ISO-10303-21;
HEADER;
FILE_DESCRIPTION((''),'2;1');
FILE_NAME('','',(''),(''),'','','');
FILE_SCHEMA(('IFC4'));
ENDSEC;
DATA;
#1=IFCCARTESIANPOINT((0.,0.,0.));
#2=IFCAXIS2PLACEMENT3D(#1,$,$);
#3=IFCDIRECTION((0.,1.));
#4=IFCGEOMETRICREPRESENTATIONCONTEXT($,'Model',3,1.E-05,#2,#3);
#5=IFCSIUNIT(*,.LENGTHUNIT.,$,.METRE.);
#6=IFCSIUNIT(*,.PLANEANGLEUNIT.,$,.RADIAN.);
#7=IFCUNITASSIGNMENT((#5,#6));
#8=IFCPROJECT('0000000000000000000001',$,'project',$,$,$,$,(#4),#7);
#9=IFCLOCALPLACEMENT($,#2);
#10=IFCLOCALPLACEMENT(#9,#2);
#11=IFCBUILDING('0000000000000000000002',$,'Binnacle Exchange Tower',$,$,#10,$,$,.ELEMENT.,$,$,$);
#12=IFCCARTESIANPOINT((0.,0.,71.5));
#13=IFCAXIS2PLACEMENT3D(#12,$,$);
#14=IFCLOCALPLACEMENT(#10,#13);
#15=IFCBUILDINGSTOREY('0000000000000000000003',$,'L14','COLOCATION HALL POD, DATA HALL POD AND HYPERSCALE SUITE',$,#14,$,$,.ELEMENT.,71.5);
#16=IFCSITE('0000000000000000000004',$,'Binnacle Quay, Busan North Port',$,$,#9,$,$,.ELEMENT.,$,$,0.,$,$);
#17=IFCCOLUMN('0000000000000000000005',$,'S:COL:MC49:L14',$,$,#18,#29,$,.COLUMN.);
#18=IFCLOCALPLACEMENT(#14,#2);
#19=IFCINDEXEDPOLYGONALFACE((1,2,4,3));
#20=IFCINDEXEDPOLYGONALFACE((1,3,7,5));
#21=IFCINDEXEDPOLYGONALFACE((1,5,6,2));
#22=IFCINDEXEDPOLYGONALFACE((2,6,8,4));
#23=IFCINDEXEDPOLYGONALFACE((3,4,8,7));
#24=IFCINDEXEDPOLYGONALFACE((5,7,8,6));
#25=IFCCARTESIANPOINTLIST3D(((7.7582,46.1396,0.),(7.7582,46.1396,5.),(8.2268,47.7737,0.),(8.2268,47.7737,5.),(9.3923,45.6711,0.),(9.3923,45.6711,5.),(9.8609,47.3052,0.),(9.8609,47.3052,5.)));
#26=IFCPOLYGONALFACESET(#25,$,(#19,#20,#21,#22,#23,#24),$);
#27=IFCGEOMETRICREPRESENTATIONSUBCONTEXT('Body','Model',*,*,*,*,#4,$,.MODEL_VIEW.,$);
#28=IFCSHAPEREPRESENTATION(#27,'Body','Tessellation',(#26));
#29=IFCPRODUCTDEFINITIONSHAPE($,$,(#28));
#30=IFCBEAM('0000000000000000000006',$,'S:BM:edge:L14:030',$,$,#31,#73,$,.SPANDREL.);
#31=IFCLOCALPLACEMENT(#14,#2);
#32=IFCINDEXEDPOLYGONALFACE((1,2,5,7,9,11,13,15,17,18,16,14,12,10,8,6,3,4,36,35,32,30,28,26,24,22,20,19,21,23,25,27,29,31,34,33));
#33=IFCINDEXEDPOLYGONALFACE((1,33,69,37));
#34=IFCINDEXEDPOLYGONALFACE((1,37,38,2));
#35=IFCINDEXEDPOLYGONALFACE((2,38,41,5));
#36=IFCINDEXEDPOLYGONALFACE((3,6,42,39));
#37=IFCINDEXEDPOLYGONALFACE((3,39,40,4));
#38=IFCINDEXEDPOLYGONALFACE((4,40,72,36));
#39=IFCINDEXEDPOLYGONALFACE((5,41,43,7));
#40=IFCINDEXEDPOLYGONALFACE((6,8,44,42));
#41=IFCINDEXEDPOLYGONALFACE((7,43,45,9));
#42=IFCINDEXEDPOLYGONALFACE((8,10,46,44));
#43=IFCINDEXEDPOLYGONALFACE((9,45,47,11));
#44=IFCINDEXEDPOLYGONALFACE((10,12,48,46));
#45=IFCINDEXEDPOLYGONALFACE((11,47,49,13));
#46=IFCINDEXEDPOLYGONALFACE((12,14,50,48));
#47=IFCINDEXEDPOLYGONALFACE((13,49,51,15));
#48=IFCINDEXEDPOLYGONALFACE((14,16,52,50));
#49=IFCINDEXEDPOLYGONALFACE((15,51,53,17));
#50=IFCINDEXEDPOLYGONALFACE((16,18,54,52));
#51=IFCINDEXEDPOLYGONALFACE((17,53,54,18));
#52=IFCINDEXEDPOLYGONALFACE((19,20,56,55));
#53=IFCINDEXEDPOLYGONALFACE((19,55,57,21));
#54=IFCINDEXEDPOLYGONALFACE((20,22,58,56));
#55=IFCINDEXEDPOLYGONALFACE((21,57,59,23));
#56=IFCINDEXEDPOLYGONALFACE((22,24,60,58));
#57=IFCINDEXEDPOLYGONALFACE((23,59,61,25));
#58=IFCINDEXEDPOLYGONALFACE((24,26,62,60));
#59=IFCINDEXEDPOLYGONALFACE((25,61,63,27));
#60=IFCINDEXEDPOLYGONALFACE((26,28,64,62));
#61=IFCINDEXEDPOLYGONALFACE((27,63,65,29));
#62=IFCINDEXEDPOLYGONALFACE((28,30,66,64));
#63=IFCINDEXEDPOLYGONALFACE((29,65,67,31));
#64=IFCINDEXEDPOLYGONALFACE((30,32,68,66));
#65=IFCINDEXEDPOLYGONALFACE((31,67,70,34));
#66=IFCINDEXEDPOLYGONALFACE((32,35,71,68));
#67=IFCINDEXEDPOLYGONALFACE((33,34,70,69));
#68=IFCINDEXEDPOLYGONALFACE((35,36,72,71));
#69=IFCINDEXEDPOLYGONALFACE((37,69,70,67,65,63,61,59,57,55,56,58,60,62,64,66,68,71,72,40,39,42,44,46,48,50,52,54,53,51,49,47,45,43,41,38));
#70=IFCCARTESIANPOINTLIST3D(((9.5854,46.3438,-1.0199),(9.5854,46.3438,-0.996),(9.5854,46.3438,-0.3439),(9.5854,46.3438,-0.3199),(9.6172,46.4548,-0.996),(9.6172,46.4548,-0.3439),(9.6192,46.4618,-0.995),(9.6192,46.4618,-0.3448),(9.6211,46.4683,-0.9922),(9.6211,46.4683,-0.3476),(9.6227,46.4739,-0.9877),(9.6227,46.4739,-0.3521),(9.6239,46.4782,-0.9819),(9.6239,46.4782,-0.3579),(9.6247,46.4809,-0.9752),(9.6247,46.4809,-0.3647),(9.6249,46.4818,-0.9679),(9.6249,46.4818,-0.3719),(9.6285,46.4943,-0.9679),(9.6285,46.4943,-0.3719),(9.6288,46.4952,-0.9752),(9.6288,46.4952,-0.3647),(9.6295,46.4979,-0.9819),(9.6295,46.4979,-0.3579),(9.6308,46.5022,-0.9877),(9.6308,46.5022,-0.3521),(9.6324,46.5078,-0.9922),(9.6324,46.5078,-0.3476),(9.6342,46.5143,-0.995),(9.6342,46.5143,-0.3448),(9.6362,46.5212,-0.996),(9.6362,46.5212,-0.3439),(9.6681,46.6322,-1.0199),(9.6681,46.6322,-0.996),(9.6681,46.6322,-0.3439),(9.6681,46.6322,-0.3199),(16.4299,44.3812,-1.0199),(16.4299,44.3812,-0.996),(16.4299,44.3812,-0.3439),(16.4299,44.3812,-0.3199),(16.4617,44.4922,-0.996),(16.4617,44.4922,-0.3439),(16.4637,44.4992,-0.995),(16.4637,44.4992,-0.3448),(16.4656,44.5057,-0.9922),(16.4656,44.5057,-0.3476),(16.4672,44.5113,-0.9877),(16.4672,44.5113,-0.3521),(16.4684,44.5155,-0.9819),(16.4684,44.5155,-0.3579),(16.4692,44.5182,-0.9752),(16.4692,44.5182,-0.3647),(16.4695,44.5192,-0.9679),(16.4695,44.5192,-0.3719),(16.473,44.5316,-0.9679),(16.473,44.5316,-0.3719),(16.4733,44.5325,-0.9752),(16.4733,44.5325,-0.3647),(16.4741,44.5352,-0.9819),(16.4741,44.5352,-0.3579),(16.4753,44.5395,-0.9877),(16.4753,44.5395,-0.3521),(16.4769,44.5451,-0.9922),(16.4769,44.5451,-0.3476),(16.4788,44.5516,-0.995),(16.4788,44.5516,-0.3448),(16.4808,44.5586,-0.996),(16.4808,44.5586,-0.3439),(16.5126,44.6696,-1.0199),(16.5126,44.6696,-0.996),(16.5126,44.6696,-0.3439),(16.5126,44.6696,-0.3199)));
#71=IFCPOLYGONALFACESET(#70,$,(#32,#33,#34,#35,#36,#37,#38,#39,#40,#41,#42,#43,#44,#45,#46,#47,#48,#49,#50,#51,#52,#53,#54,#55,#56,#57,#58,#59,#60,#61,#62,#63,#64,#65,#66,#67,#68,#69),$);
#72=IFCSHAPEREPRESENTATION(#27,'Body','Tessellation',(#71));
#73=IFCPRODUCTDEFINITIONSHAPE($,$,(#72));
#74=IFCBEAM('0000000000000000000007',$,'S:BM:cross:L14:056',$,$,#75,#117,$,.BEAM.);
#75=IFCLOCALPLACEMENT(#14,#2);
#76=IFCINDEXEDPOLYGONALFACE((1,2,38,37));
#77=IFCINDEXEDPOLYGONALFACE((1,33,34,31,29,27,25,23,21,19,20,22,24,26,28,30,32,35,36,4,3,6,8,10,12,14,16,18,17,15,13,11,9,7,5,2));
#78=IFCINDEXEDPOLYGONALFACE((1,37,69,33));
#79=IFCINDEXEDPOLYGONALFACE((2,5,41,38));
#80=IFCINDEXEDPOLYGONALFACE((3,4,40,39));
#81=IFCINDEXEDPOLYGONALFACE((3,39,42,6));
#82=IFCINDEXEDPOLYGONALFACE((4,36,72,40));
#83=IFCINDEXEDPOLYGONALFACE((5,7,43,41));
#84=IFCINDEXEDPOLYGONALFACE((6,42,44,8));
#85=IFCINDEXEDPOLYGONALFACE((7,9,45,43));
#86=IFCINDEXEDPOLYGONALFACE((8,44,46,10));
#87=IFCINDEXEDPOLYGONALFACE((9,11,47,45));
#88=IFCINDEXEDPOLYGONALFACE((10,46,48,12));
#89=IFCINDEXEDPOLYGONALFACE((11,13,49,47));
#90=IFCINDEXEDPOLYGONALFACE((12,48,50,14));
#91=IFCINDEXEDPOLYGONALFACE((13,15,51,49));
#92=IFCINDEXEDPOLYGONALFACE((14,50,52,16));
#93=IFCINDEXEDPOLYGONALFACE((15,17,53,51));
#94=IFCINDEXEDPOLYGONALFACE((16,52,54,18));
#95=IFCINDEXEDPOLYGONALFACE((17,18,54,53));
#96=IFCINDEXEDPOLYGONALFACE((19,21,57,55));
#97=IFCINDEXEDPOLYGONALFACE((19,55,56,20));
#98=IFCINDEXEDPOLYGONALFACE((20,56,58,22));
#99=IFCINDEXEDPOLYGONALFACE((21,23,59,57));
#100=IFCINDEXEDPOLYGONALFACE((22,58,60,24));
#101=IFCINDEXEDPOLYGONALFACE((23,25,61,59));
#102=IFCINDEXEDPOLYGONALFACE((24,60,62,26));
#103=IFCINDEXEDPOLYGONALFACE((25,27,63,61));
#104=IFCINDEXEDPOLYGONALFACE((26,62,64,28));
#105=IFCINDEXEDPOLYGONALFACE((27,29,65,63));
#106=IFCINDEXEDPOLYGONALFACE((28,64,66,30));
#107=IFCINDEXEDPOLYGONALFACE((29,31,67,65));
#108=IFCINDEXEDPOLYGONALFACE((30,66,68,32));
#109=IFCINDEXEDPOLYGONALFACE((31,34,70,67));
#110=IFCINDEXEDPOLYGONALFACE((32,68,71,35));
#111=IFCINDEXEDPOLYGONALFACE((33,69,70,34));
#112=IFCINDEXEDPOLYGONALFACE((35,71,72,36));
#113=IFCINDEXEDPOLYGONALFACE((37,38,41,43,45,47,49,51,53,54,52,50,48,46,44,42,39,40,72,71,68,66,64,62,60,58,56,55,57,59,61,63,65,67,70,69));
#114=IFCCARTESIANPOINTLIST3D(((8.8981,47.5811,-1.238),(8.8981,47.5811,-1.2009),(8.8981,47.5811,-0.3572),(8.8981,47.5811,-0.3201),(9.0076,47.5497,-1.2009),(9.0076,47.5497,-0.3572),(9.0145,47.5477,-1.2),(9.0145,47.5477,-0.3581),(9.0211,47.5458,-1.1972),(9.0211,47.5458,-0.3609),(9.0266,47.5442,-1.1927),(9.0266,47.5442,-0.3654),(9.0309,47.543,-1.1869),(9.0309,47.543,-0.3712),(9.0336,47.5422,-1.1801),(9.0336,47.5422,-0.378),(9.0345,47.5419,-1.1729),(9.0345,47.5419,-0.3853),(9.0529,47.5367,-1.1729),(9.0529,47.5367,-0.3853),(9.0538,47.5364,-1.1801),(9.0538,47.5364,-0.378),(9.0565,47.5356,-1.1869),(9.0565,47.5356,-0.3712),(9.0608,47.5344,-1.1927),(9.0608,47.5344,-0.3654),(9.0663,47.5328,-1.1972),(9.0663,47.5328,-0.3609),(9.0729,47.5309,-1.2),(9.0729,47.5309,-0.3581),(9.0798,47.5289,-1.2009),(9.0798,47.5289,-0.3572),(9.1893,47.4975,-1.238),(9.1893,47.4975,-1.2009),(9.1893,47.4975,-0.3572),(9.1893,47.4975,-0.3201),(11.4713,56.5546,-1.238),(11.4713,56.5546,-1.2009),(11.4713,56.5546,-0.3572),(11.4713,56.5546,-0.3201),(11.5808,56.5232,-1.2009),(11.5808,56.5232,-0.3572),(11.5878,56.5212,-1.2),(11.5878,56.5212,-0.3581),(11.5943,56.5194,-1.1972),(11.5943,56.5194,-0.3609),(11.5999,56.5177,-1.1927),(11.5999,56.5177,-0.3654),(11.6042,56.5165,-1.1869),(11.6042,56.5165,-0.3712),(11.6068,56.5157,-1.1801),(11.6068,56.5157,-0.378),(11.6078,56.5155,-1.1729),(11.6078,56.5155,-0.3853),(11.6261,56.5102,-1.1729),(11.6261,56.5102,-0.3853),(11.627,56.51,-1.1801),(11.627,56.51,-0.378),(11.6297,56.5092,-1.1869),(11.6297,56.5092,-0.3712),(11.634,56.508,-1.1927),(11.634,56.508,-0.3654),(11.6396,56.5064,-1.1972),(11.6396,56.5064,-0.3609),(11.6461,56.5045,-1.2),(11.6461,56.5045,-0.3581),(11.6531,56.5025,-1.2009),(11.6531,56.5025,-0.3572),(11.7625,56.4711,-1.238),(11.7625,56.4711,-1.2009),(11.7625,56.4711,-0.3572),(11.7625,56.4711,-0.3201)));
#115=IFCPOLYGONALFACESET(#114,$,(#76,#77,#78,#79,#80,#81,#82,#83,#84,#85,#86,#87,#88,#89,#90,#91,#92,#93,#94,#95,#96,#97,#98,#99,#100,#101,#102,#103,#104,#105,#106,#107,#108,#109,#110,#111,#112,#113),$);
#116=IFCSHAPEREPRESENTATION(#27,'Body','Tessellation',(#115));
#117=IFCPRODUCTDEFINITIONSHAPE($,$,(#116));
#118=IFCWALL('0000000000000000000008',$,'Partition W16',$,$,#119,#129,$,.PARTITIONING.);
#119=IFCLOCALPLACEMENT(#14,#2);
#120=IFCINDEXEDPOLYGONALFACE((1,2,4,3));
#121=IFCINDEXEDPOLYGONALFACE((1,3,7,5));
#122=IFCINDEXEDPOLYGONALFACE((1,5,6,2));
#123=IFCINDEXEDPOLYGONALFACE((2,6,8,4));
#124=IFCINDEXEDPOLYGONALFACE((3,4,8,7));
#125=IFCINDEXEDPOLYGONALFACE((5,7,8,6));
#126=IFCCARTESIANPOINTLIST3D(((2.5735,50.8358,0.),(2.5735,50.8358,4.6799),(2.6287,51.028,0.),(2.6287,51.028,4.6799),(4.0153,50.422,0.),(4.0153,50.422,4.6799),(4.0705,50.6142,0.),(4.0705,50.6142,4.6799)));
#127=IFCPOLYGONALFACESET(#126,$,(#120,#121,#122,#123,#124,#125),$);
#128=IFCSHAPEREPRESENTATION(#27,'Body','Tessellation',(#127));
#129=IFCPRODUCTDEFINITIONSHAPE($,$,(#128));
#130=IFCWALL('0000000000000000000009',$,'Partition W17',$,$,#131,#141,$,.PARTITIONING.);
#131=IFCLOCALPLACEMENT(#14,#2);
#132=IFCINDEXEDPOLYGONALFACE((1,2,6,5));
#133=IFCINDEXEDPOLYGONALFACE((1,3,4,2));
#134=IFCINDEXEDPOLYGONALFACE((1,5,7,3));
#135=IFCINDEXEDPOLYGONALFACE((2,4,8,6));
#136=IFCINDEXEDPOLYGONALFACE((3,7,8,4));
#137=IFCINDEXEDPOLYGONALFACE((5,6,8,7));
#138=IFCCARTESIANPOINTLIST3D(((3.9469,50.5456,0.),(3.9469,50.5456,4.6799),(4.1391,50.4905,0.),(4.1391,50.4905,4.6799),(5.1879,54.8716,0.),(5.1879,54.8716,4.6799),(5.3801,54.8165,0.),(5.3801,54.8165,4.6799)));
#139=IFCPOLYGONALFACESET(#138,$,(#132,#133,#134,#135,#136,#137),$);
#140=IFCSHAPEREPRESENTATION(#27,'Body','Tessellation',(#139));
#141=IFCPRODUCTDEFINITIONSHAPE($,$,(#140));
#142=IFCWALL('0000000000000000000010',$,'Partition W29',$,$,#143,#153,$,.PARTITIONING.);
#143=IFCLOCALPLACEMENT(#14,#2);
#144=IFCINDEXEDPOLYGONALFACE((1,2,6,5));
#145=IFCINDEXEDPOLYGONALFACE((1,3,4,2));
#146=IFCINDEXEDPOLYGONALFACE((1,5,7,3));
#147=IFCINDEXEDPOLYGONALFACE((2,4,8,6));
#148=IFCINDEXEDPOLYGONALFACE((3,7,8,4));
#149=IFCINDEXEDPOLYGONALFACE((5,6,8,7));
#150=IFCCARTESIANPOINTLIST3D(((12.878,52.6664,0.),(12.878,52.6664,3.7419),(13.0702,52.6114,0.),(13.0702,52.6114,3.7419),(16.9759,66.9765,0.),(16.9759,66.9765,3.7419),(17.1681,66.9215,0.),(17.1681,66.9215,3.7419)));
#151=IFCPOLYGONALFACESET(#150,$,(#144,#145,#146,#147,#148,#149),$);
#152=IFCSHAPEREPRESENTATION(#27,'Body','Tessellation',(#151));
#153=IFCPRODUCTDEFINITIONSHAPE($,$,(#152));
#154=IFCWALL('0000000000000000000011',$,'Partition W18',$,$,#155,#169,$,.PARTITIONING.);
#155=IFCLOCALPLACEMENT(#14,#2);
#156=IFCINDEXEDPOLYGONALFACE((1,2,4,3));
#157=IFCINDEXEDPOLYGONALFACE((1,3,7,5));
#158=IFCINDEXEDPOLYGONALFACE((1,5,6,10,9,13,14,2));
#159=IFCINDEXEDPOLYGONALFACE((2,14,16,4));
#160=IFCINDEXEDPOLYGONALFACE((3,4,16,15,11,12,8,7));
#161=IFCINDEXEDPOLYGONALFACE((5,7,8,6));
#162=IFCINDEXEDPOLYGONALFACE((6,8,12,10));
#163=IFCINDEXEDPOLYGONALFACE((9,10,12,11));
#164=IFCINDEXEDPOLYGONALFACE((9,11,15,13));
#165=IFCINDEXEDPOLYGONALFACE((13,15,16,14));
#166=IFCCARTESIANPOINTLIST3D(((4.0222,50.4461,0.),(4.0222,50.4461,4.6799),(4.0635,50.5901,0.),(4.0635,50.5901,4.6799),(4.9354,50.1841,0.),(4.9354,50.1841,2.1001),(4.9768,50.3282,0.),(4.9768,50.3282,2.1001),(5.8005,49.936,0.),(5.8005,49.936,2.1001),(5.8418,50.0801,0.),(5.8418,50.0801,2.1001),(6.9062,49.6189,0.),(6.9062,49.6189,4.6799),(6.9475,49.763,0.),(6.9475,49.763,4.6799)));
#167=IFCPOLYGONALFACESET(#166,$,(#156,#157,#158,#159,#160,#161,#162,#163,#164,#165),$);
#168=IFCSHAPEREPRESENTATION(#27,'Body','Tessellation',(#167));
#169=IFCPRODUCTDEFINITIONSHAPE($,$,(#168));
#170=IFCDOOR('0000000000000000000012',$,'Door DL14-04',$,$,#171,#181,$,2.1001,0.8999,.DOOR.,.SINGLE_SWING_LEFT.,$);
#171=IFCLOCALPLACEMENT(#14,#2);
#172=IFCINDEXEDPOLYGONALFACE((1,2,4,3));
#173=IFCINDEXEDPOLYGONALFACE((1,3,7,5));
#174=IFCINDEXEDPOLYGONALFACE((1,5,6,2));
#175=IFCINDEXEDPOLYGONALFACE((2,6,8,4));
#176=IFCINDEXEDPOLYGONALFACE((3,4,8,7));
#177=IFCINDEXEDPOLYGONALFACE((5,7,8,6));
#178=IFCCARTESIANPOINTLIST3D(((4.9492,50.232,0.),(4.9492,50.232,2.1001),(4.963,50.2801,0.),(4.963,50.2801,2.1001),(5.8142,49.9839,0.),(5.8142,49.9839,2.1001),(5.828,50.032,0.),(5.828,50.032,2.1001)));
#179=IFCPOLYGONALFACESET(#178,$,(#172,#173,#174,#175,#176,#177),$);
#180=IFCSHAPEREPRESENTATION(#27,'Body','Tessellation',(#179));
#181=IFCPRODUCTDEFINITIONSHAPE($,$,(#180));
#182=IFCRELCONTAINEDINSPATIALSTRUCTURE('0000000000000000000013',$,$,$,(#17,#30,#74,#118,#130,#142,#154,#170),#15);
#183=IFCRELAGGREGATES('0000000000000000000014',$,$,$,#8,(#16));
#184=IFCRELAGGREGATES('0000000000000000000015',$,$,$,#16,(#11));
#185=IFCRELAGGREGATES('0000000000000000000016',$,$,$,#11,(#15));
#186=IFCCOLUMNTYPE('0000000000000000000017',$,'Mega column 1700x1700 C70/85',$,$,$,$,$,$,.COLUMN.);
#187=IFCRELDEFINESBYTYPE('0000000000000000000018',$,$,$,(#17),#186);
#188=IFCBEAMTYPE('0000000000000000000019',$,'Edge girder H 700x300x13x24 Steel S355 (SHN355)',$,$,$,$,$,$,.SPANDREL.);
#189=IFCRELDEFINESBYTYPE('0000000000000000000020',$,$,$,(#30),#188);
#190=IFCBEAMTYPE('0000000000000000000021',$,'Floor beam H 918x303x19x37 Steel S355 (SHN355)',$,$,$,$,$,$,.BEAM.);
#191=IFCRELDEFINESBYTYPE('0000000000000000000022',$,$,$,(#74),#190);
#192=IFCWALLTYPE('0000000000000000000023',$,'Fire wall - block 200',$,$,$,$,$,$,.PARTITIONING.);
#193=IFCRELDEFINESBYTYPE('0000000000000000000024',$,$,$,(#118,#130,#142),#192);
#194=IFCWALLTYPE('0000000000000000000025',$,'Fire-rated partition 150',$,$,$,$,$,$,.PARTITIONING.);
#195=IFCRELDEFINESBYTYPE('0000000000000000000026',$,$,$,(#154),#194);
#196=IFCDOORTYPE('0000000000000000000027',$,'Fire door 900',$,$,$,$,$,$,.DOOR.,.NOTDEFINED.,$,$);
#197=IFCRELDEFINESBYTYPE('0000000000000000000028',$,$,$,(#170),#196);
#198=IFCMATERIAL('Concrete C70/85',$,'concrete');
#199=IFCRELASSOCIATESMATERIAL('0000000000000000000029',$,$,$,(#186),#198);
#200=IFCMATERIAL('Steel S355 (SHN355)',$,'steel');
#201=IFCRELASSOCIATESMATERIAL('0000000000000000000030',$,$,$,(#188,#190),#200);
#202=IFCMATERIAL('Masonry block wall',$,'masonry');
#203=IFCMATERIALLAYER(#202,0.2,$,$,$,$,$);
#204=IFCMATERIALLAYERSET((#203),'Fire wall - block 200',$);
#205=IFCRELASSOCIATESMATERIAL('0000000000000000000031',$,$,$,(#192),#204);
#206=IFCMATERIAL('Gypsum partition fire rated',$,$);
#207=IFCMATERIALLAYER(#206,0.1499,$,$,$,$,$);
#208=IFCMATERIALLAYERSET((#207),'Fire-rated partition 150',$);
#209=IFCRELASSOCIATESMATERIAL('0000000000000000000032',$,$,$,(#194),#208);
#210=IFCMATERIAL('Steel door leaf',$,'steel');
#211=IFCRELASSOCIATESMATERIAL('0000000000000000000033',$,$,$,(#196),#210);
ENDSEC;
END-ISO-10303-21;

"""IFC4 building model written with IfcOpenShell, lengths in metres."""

from ifc_helpers import new_model, si_unit, direction, frame, frame_2d, origin, origin_2d, place, context, subcontext, project, spatial, rectangle, i_section, extrude, material, layer, layer_set, material_profile, profile_set, type_object, element, fill, save


model = new_model("IFC4")

# Units and contexts
model_context = context("Model", 3, precision=1e-05, world=origin(), true_north=direction((0.0, 1.0)))
body_context = subcontext(model_context, "Body", "Model", "MODEL_VIEW")
ifc_project = project(units=[si_unit("LENGTHUNIT", "METRE"), si_unit("PLANEANGLEUNIT", "RADIAN")], contexts=[model_context])

# Site, building, storey
site_placement = place(None, origin())
site = spatial("IfcSite", under=ifc_project, at=site_placement, Name="Binnacle Quay, Busan North Port", CompositionType="ELEMENT", RefElevation=0.0)
building_placement = place(site_placement, origin())
building = spatial("IfcBuilding", under=site, at=building_placement, Name="Binnacle Exchange Tower", CompositionType="ELEMENT")
storey_placement = place(building_placement, frame((0.0, 0.0, 71.5)))
storey = spatial("IfcBuildingStorey", under=building, at=storey_placement, Name="L14", Description="COLOCATION HALL POD, DATA HALL POD AND HYPERSCALE SUITE", CompositionType="ELEMENT", Elevation=71.5)

# Column
ifc_material_1 = material(Name="Concrete C70/85", Category="concrete")
ifc_material_profile_1 = material_profile(ifc_material_1, rectangle(XDim=1.7, YDim=1.7, at=origin_2d()), Name="Mega column 1700x1700 C70/85")
ifc_profile_set_1 = profile_set([ifc_material_profile_1], Name="Concrete C70/85")
column_type = type_object("IfcColumnType", Name="Mega column 1700x1700 C70/85", PredefinedType="COLUMN", material=ifc_profile_set_1)
column_placement = place(storey_placement, frame((8.8096, 46.7224, 0.0), z_axis=(0.0, 0.0, 1.0), x_axis=(0.961262, -0.275637, 0.0)))
element("IfcColumn", 1, at=column_placement, inside=storey, type_object=column_type, Name="S:COL:MC49:L14", PredefinedType="COLUMN", context=body_context, shape_type="SweptSolid", body=[
    extrude(rectangle(XDim=1.7, YDim=1.7, at=origin_2d()), origin(), (0.0, 0.0, 1.0), 5.0),
])

# Beams
ifc_material_2 = material(Name="Steel S355 (SHN355)", Category="steel")
ifc_material_profile_2 = material_profile(ifc_material_2, i_section(OverallWidth=0.3, OverallDepth=0.7, WebThickness=0.0129, FlangeThickness=0.0239, FilletRadius=0.0281, at=origin_2d()), Name="H 700x300x13x24")
ifc_profile_set_2 = profile_set([ifc_material_profile_2], Name="Steel S355 (SHN355)")
beam_type_1 = type_object("IfcBeamType", Name="Edge girder H 700x300x13x24 Steel S355 (SHN355)", PredefinedType="SPANDREL", material=ifc_profile_set_2)
beam_1_placement = place(storey_placement, frame((9.6267, 46.488, -0.6699), z_axis=(0.961261, -0.27564, 0.0), x_axis=(0.27564, 0.961261, 0.0)))
element("IfcBeam", 2, at=beam_1_placement, inside=storey, type_object=beam_type_1, Name="S:BM:edge:L14:030", PredefinedType="SPANDREL", context=body_context, shape_type="SweptSolid", body=[
    extrude(i_section(OverallWidth=0.3, OverallDepth=0.7, WebThickness=0.0129, FlangeThickness=0.0239, FilletRadius=0.0281, at=origin_2d()), origin(), (0.0, 0.0, 1.0), 7.1204),
])
ifc_material_profile_3 = material_profile(ifc_material_2, i_section(OverallWidth=0.303, OverallDepth=0.918, WebThickness=0.019, FlangeThickness=0.0371, FilletRadius=0.0281, at=origin_2d()), Name="H 918x303x19x37")
ifc_profile_set_3 = profile_set([ifc_material_profile_3], Name="Steel S355 (SHN355)")
beam_type_2 = type_object("IfcBeamType", Name="Floor beam H 918x303x19x37 Steel S355 (SHN355)", PredefinedType="BEAM", material=ifc_profile_set_3)
beam_2_placement = place(storey_placement, frame((9.0437, 47.5393, -0.7791), z_axis=(0.275647, 0.961259, 0.0), x_axis=(-0.961259, 0.275647, 0.0)))
element("IfcBeam", 3, at=beam_2_placement, inside=storey, type_object=beam_type_2, Name="S:BM:cross:L14:056", PredefinedType="BEAM", context=body_context, shape_type="SweptSolid", body=[
    extrude(i_section(OverallWidth=0.303, OverallDepth=0.918, WebThickness=0.019, FlangeThickness=0.0371, FilletRadius=0.0281, at=origin_2d()), origin(), (0.0, 0.0, 1.0), 9.3352),
])

# Walls
ifc_material_3 = material(Name="Masonry block wall", Category="masonry")
ifc_layer_1 = layer(ifc_material_3, 0.2)
ifc_layer_set_1 = layer_set([ifc_layer_1], Name="Fire wall - block 200")
wall_type_1 = type_object("IfcWallType", Name="Fire wall - block 200", PredefinedType="PARTITIONING", material=ifc_layer_set_1)
wall_1_placement = place(storey_placement, frame((2.6011, 50.9319, 0.0), z_axis=(0.0, 0.0, 1.0), x_axis=(0.961198, -0.27586, 0.0)))
element("IfcWall", 4, at=wall_1_placement, inside=storey, type_object=wall_type_1, Name="Partition W16", PredefinedType="PARTITIONING", context=body_context, shape_type="SweptSolid", body=[
    extrude(rectangle(XDim=1.5, YDim=0.2, at=frame_2d((0.75, 0.0))), origin(), (0.0, 0.0, 1.0), 4.6799),
])
wall_2_placement = place(storey_placement, frame((4.043, 50.5181, 0.0), z_axis=(0.0, 0.0, 1.0), x_axis=(0.275746, 0.961231, 0.0)))
element("IfcWall", 5, at=wall_2_placement, inside=storey, type_object=wall_type_1, Name="Partition W17", PredefinedType="PARTITIONING", context=body_context, shape_type="SweptSolid", body=[
    extrude(rectangle(XDim=4.5005, YDim=0.2, at=frame_2d((2.2502, 0.0))), origin(), (0.0, 0.0, 1.0), 4.6799),
])
wall_3_placement = place(storey_placement, frame((12.9741, 52.6389, 0.0), z_axis=(0.0, 0.0, 1.0), x_axis=(0.275299, 0.961359, 0.0)))
element("IfcWall", 6, at=wall_3_placement, inside=storey, type_object=wall_type_1, Name="Partition W29", PredefinedType="PARTITIONING", context=body_context, shape_type="SweptSolid", body=[
    extrude(rectangle(XDim=14.8853, YDim=0.2, at=frame_2d((7.4426, 0.0))), origin(), (0.0, 0.0, 1.0), 3.7419),
])

# Wall, opening, door
ifc_material_4 = material(Name="Gypsum partition fire rated")
ifc_layer_2 = layer(ifc_material_4, 0.1499)
ifc_layer_set_2 = layer_set([ifc_layer_2], Name="Fire-rated partition 150")
wall_type_2 = type_object("IfcWallType", Name="Fire-rated partition 150", PredefinedType="PARTITIONING", material=ifc_layer_set_2)
wall_4_placement = place(storey_placement, frame((4.043, 50.5181, 0.0), z_axis=(0.0, 0.0, 1.0), x_axis=(0.961247, -0.275688, 0.0)))
wall_4 = element("IfcWall", 7, at=wall_4_placement, inside=storey, type_object=wall_type_2, Name="Partition W18", PredefinedType="PARTITIONING", context=body_context, shape_type="SweptSolid", body=[
    extrude(rectangle(XDim=3.0002, YDim=0.1499, at=frame_2d((1.5, 0.0))), origin(), (0.0, 0.0, 1.0), 4.6799),
])
opening_1_placement = place(wall_4_placement, frame((0.95, 0.0, 0.0)))
opening_1 = element("IfcOpeningElement", 8, at=opening_1_placement, cuts=wall_4, PredefinedType="OPENING", context=body_context, shape_type="SweptSolid", body=[
    extrude(rectangle(XDim=0.8999, YDim=2.1001, at=frame_2d((0.45, 1.05))), frame((0.0, 0.085, 0.0), z_axis=(0.0, -1.0, 0.0), x_axis=(1.0, 0.0, 0.0)), (0.0, 0.0, 1.0), 0.1699),
])
ifc_material_5 = material(Name="Steel door leaf", Category="steel")
door_type_1 = type_object("IfcDoorType", Name="Fire door 900", OperationType="NOTDEFINED", PredefinedType="DOOR", material=ifc_material_5)
door_1_placement = place(opening_1_placement, origin())
door_1 = element("IfcDoor", 9, at=door_1_placement, inside=storey, type_object=door_type_1, Name="Door DL14-04", OperationType="SINGLE_SWING_LEFT", OverallHeight=2.1001, OverallWidth=0.8999, PredefinedType="DOOR", context=body_context, shape_type="SweptSolid", body=[
    extrude(rectangle(XDim=0.8999, YDim=2.1001, at=frame_2d((0.45, 1.05))), frame((0.0, 0.0249, 0.0), z_axis=(0.0, -1.0, 0.0), x_axis=(1.0, 0.0, 0.0)), (0.0, 0.0, 1.0), 0.05),
])
fill(opening_1, door_1)

save(model, "model.ifc")
